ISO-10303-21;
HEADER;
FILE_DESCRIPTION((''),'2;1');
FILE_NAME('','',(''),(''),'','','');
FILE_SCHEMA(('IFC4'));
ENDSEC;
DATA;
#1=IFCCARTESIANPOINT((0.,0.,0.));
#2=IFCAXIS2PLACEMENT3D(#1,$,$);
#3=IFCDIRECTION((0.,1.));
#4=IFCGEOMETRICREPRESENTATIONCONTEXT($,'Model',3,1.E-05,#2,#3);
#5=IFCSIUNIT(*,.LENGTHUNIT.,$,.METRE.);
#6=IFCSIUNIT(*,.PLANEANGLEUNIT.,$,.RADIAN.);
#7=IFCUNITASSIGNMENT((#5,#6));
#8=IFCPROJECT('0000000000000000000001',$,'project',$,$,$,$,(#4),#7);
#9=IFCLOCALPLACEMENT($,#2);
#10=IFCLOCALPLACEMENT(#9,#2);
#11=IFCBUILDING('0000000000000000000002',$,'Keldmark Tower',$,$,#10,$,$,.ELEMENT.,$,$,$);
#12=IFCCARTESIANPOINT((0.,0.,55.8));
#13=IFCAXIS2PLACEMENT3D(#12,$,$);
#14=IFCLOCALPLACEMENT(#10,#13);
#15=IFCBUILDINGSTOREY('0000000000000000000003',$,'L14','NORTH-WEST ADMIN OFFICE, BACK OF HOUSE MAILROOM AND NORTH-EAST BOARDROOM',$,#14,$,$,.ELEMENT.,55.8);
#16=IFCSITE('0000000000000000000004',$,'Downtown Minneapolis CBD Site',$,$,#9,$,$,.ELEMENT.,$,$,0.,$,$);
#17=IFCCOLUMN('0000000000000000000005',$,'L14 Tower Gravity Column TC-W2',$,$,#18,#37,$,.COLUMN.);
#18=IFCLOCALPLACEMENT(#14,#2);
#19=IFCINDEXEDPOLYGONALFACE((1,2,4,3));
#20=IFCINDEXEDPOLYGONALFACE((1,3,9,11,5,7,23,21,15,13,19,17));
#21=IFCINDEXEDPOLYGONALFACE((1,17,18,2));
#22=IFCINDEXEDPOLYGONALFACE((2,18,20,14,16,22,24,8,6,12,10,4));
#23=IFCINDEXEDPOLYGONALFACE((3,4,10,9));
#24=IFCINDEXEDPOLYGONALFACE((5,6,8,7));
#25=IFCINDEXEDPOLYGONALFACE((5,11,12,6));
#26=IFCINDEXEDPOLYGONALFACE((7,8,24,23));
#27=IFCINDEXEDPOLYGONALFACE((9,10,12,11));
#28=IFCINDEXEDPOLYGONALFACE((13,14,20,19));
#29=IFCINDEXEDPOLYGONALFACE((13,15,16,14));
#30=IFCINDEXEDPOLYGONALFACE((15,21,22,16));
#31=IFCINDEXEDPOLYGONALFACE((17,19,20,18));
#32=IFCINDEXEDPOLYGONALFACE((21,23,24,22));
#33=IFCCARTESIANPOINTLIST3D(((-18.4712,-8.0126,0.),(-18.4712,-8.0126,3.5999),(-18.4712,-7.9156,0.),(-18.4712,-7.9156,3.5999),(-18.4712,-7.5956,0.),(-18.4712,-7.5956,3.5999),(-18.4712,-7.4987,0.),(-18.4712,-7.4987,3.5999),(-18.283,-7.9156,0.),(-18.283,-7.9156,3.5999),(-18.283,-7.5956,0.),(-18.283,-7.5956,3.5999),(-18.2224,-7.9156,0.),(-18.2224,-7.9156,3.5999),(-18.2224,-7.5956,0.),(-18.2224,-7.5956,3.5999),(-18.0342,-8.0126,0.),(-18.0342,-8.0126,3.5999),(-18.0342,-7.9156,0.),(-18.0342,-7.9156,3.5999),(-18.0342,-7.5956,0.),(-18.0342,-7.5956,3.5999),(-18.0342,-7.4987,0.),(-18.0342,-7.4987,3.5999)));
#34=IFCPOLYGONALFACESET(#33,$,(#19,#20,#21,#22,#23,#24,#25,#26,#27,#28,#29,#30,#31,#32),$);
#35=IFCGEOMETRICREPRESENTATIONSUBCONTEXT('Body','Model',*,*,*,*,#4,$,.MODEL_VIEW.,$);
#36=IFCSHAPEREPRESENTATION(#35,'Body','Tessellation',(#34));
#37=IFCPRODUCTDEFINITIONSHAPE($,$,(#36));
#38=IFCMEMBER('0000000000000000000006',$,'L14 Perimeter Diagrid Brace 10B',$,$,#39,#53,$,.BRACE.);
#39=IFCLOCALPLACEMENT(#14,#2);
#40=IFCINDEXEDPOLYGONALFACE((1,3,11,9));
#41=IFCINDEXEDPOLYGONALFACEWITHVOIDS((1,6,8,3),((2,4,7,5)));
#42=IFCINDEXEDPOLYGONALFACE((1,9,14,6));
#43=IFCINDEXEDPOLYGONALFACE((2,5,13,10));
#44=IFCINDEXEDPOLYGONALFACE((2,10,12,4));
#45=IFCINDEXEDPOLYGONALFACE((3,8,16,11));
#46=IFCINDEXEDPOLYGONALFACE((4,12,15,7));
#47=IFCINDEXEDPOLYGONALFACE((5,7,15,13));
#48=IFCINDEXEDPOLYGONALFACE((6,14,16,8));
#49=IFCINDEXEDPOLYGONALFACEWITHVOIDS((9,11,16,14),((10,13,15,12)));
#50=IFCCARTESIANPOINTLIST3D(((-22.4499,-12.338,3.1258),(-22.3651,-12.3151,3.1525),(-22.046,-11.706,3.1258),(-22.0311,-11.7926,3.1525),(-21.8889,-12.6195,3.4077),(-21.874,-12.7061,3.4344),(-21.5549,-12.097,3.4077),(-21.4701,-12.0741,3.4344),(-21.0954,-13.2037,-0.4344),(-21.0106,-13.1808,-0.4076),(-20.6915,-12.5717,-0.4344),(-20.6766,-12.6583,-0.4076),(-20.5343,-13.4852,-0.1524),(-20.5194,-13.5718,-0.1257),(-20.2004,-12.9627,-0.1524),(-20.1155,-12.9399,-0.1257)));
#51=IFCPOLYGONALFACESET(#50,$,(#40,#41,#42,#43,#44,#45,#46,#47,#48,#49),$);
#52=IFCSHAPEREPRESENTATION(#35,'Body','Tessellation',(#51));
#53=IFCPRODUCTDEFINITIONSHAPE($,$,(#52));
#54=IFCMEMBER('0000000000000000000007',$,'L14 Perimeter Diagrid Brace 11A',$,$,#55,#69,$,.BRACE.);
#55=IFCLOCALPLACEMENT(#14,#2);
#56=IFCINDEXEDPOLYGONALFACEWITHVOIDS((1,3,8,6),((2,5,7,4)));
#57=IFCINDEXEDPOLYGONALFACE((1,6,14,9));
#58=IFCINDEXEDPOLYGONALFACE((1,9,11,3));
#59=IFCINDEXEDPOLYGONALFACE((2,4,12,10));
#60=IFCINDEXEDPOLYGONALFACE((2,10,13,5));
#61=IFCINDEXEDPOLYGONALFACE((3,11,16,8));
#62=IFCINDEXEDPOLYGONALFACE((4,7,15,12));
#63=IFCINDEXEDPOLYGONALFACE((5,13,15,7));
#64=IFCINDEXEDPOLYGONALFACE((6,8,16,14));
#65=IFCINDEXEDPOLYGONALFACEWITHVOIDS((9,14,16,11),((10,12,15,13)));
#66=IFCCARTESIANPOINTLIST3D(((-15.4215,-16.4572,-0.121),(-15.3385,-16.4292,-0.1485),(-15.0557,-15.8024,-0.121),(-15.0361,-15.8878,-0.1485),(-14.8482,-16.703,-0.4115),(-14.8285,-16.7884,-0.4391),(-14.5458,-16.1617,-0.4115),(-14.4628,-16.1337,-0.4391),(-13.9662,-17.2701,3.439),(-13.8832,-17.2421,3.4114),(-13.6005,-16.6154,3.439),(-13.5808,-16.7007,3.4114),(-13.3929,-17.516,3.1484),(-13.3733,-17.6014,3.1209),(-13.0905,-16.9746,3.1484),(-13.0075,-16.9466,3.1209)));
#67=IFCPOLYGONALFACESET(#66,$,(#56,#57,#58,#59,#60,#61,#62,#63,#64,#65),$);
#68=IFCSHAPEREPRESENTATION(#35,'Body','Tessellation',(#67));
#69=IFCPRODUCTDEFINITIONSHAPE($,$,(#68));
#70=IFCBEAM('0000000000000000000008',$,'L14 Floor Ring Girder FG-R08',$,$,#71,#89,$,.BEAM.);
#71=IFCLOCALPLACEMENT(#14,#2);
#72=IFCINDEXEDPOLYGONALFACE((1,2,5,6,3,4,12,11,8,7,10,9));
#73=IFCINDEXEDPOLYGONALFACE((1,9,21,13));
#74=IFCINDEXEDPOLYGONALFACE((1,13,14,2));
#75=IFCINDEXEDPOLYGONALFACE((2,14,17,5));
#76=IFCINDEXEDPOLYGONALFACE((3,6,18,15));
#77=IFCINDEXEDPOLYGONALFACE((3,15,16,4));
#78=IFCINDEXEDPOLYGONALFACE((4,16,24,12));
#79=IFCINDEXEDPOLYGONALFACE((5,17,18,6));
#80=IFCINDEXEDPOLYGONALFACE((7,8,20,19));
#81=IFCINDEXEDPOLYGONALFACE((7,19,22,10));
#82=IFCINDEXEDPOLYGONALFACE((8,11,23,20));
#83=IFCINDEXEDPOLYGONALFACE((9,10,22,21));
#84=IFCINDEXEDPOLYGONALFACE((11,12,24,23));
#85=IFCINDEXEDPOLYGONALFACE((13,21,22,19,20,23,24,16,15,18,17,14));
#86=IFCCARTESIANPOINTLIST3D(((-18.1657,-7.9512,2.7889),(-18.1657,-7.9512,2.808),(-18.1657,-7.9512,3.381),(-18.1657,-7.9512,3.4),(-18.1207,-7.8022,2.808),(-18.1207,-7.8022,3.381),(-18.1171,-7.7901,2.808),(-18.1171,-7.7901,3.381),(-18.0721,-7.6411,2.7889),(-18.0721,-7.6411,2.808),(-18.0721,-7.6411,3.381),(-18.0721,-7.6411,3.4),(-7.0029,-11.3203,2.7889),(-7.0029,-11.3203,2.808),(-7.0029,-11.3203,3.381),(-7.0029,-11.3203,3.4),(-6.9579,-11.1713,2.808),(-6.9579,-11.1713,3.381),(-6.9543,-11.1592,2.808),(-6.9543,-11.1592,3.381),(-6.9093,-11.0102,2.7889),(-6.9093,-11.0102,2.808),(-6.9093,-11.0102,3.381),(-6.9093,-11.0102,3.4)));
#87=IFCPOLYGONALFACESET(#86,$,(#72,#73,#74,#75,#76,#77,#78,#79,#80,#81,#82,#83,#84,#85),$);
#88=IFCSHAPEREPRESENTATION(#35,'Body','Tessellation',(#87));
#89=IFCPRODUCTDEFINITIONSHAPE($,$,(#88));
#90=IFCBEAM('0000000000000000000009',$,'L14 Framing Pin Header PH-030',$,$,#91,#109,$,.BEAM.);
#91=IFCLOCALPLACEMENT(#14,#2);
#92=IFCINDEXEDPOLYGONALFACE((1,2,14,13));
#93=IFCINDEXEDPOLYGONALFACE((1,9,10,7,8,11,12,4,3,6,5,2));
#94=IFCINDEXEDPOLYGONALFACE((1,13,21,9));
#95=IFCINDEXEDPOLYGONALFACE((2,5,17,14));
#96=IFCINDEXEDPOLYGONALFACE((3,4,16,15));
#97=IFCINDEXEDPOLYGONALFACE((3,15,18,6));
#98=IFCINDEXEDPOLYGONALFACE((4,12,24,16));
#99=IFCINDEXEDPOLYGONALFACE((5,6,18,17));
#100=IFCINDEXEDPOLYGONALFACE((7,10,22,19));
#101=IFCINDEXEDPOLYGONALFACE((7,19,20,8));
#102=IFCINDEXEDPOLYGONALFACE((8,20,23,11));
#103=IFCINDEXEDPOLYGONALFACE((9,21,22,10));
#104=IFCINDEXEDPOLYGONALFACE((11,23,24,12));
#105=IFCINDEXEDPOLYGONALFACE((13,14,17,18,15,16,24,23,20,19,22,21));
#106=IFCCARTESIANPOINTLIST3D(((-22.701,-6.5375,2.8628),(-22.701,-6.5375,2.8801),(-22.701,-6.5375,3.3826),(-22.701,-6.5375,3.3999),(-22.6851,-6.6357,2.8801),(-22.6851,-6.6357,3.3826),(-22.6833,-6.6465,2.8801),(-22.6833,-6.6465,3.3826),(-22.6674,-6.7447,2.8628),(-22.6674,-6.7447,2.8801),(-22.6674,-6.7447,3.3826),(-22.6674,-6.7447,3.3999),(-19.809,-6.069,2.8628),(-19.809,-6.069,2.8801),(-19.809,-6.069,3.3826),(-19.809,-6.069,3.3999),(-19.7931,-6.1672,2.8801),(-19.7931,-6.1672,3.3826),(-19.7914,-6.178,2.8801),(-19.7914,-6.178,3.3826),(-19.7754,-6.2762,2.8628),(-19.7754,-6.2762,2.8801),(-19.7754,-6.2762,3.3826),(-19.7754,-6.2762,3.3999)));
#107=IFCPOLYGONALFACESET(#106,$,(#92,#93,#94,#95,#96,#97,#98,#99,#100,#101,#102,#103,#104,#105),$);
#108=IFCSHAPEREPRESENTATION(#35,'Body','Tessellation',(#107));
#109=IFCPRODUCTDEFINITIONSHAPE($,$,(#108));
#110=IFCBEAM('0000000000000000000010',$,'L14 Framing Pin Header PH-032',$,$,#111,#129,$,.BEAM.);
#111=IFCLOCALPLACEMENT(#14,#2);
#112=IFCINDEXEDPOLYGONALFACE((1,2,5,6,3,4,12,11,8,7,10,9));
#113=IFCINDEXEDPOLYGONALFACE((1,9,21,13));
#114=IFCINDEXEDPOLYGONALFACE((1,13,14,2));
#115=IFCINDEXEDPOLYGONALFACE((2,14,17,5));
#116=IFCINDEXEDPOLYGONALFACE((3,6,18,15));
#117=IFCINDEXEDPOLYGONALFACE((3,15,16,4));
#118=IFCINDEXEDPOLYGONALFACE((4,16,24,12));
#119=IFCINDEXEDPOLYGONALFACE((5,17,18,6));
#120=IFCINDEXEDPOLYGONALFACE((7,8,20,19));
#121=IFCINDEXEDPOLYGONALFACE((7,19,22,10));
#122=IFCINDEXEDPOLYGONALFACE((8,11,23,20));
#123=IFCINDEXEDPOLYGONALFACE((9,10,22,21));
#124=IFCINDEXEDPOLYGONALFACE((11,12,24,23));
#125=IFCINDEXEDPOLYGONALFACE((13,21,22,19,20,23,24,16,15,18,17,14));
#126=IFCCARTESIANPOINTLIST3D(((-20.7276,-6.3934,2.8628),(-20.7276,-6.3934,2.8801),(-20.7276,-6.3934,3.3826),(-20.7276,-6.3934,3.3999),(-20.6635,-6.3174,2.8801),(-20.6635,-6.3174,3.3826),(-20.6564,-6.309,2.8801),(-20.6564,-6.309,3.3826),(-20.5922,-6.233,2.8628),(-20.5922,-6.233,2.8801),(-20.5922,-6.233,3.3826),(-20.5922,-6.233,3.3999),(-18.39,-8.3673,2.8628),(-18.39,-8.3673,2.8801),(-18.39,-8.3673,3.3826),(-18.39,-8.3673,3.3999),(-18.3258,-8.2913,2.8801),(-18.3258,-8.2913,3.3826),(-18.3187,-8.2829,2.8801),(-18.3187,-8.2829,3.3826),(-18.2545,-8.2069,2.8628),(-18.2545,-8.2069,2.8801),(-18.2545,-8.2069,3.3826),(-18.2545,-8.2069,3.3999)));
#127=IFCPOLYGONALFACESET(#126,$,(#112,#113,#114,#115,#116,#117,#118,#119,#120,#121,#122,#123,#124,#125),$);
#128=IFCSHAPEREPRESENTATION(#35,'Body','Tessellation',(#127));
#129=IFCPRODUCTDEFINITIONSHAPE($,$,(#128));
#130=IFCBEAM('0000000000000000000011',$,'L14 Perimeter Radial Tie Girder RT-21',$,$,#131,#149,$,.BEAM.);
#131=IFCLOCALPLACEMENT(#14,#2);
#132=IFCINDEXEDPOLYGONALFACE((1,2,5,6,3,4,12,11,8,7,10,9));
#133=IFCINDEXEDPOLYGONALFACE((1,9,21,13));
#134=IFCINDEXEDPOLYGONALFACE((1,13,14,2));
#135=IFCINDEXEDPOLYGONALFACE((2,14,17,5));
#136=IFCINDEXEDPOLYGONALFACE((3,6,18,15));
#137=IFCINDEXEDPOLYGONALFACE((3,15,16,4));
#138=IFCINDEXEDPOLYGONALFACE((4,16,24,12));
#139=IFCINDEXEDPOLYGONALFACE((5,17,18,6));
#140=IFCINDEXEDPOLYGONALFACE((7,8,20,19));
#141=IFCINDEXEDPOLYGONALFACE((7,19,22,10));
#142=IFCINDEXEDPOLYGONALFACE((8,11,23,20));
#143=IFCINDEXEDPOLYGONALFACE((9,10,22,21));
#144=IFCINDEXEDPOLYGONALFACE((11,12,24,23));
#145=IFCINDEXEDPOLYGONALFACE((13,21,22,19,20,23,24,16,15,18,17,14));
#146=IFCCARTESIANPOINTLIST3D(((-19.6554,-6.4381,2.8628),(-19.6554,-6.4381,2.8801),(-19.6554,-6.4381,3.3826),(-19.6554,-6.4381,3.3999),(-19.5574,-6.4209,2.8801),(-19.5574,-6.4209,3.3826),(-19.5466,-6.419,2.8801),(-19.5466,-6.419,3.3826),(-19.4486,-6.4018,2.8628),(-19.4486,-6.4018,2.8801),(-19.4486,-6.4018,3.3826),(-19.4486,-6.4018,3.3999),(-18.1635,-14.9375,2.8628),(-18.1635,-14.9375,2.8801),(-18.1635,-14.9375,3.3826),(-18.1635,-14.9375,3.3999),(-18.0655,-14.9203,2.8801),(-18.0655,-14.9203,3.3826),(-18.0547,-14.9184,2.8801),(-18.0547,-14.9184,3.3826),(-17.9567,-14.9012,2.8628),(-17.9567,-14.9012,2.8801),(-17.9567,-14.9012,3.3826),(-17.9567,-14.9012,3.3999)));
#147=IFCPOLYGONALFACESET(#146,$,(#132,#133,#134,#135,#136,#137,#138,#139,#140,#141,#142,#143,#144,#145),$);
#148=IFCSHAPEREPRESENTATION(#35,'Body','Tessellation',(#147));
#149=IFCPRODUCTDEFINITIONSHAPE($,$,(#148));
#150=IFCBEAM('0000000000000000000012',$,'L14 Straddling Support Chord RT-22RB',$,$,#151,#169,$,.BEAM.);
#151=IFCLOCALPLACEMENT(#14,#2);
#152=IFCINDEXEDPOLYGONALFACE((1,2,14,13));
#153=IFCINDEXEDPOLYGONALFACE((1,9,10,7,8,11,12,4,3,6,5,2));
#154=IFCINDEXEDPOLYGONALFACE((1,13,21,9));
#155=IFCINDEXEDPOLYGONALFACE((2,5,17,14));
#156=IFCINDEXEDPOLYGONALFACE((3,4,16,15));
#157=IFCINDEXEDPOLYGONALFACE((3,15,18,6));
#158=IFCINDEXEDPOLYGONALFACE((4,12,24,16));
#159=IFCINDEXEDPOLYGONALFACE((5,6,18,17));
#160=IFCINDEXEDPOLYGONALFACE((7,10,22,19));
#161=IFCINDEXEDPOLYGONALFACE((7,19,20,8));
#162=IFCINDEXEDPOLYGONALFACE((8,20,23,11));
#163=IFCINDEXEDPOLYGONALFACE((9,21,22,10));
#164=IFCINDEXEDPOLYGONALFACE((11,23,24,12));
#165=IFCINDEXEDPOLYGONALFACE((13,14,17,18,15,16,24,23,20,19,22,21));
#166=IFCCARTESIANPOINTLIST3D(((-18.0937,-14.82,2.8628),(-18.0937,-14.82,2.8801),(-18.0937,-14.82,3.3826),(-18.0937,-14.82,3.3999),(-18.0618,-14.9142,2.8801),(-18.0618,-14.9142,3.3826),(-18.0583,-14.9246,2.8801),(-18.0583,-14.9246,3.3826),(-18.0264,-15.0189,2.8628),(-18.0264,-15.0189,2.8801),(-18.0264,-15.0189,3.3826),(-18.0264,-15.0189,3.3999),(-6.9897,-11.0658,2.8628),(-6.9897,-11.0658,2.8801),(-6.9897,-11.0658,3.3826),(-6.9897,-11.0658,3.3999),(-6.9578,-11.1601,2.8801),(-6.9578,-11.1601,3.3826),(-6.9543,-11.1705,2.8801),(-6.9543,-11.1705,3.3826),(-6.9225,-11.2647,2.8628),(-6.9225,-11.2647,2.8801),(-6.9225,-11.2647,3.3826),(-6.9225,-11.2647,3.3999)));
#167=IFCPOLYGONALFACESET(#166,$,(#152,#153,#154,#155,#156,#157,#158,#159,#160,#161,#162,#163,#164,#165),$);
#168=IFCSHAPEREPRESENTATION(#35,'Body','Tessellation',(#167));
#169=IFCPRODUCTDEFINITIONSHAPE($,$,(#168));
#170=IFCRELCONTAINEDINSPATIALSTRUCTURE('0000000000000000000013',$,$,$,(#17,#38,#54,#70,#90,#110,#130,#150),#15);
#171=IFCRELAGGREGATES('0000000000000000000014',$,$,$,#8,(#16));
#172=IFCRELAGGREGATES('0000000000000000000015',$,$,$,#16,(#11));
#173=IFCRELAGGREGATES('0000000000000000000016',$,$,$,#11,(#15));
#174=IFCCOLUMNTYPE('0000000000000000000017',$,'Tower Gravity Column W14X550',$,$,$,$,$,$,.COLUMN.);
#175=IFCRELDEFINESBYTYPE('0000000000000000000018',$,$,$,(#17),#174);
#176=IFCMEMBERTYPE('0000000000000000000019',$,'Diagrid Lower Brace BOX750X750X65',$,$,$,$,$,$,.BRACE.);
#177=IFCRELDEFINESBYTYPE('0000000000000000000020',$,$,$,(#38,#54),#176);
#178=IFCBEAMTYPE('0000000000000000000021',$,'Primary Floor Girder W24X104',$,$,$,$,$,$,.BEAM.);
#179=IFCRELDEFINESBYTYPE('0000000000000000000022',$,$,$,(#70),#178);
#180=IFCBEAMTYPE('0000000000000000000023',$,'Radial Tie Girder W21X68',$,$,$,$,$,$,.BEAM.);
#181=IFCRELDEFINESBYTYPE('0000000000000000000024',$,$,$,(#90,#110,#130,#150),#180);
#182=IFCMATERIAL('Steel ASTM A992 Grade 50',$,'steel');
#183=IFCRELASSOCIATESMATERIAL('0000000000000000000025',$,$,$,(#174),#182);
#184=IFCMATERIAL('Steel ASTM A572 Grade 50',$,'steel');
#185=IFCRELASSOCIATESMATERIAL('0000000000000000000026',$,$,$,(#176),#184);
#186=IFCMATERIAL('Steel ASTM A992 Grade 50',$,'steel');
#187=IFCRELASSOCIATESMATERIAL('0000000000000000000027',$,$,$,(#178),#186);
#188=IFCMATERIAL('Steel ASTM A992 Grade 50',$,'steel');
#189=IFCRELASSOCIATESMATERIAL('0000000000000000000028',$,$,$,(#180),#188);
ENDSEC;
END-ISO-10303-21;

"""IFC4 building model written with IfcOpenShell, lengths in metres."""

from ifc_helpers import new_model, si_unit, direction, frame, origin, origin_2d, place, context, subcontext, project, spatial, hollow_rectangle, i_section, extrude, material, material_profile, profile_set, type_object, element, save


model = new_model("IFC4")

# Units and contexts
model_context = context("Model", 3, precision=1e-05, world=origin(), true_north=direction((0.0, 1.0)))
body_context = subcontext(model_context, "Body", "Model", "MODEL_VIEW")
ifc_project = project(units=[si_unit("LENGTHUNIT", "METRE"), si_unit("PLANEANGLEUNIT", "RADIAN")], contexts=[model_context])

# Site, building, storey
site_placement = place(None, origin())
site = spatial("IfcSite", under=ifc_project, at=site_placement, Name="Downtown Minneapolis CBD Site", CompositionType="ELEMENT", RefElevation=0.0)
building_placement = place(site_placement, origin())
building = spatial("IfcBuilding", under=site, at=building_placement, Name="Keldmark Tower", CompositionType="ELEMENT")
storey_placement = place(building_placement, frame((0.0, 0.0, 55.8)))
storey = spatial("IfcBuildingStorey", under=building, at=storey_placement, Name="L14", Description="NORTH-WEST ADMIN OFFICE, BACK OF HOUSE MAILROOM AND NORTH-EAST BOARDROOM", CompositionType="ELEMENT", Elevation=55.8)

# Column
ifc_material_1 = material(Name="Steel ASTM A992 Grade 50", Category="steel")
ifc_material_profile_1 = material_profile(ifc_material_1, i_section(OverallWidth=0.437, OverallDepth=0.5139, WebThickness=0.0605, FlangeThickness=0.0969, at=origin_2d()), Name="W14X550")
ifc_profile_set_1 = profile_set([ifc_material_profile_1], Name="Steel ASTM A992 Grade 50")
column_type = type_object("IfcColumnType", Name="Tower Gravity Column W14X550", PredefinedType="COLUMN", material=ifc_profile_set_1)
column_placement = place(storey_placement, frame((-18.2527, -7.7556, 0.0), z_axis=(0.0, 0.0, 1.0), x_axis=(1.0, 0.0, 0.0)))
element("IfcColumn", 1, at=column_placement, inside=storey, type_object=column_type, Name="L14 Tower Gravity Column TC-W2", PredefinedType="COLUMN", context=body_context, shape_type="SweptSolid", body=[
    extrude(i_section(OverallWidth=0.437, OverallDepth=0.5139, WebThickness=0.0605, FlangeThickness=0.0969, at=origin_2d()), origin(), (0.0, 0.0, 1.0), 3.5999),
])

# Members
ifc_material_2 = material(Name="Steel ASTM A572 Grade 50", Category="steel")
ifc_material_profile_2 = material_profile(ifc_material_2, hollow_rectangle(XDim=0.75, YDim=0.75, WallThickness=0.0649, at=origin_2d()), Name="BOX750X750X65")
ifc_profile_set_2 = profile_set([ifc_material_profile_2], Name="Steel ASTM A572 Grade 50")
member_type = type_object("IfcMemberType", Name="Diagrid Lower Brace BOX750X750X65", PredefinedType="BRACE", material=ifc_profile_set_2)
member_1_placement = place(storey_placement, frame((-20.6055, -13.0718, -0.28), z_axis=(-0.346757, 0.22163, 0.911394), x_axis=(-0.538545, -0.842597, 0.0)))
element("IfcMember", 2, at=member_1_placement, inside=storey, type_object=member_type, Name="L14 Perimeter Diagrid Brace 10B", PredefinedType="BRACE", context=body_context, shape_type="SweptSolid", body=[
    extrude(hollow_rectangle(XDim=0.75, YDim=0.75, WallThickness=0.0649, at=origin_2d()), origin(), (0.0, 0.0, 1.0), 3.9062),
])
member_2_placement = place(storey_placement, frame((-14.9421, -16.2954, -0.28), z_axis=(0.370215, -0.206813, 0.905632), x_axis=(0.487693, 0.873015, 0.0)))
element("IfcMember", 3, at=member_2_placement, inside=storey, type_object=member_type, Name="L14 Perimeter Diagrid Brace 11A", PredefinedType="BRACE", context=body_context, shape_type="SweptSolid", body=[
    extrude(hollow_rectangle(XDim=0.75, YDim=0.75, WallThickness=0.0649, at=origin_2d()), origin(), (0.0, 0.0, 1.0), 3.9309),
])

# Beams
ifc_material_3 = material(Name="Steel ASTM A992 Grade 50", Category="steel")
ifc_material_profile_3 = material_profile(ifc_material_3, i_section(OverallWidth=0.324, OverallDepth=0.6111, WebThickness=0.0127, FlangeThickness=0.019, at=origin_2d()), Name="W24X104")
ifc_profile_set_3 = profile_set([ifc_material_profile_3], Name="Steel ASTM A992 Grade 50")
beam_type_1 = type_object("IfcBeamType", Name="Primary Floor Girder W24X104", PredefinedType="BEAM", material=ifc_profile_set_3)
beam_1_placement = place(storey_placement, frame((-18.1189, -7.7961, 3.0945), z_axis=(0.957346, -0.288944, 0.0), x_axis=(0.288944, 0.957346, 0.0)))
element("IfcBeam", 4, at=beam_1_placement, inside=storey, type_object=beam_type_1, Name="L14 Floor Ring Girder FG-R08", PredefinedType="BEAM", context=body_context, shape_type="SweptSolid", body=[
    extrude(i_section(OverallWidth=0.324, OverallDepth=0.6111, WebThickness=0.0127, FlangeThickness=0.019, at=origin_2d()), origin(), (0.0, 0.0, 1.0), 11.6602),
])
ifc_material_4 = material(Name="Steel ASTM A992 Grade 50", Category="steel")
ifc_material_profile_4 = material_profile(ifc_material_4, i_section(OverallWidth=0.21, OverallDepth=0.5371, WebThickness=0.011, FlangeThickness=0.0173, at=origin_2d()), Name="W21X68")
ifc_profile_set_4 = profile_set([ifc_material_profile_4], Name="Steel ASTM A992 Grade 50")
beam_type_2 = type_object("IfcBeamType", Name="Radial Tie Girder W21X68", PredefinedType="BEAM", material=ifc_profile_set_4)
beam_2_placement = place(storey_placement, frame((-19.7922, -6.1726, 3.1313), z_axis=(-0.987131, -0.159911, 0.0), x_axis=(0.159911, -0.987131, 0.0)))
element("IfcBeam", 5, at=beam_2_placement, inside=storey, type_object=beam_type_2, Name="L14 Framing Pin Header PH-030", PredefinedType="BEAM", context=body_context, shape_type="SweptSolid", body=[
    extrude(i_section(OverallWidth=0.21, OverallDepth=0.5371, WebThickness=0.011, FlangeThickness=0.0173, at=origin_2d()), origin(), (0.0, 0.0, 1.0), 2.9297),
])
beam_3_placement = place(storey_placement, frame((-20.6599, -6.3132, 3.1313), z_axis=(0.764052, -0.645155, 0.0), x_axis=(0.645155, 0.764052, 0.0)))
element("IfcBeam", 6, at=beam_3_placement, inside=storey, type_object=beam_type_2, Name="L14 Framing Pin Header PH-032", PredefinedType="BEAM", context=body_context, shape_type="SweptSolid", body=[
    extrude(i_section(OverallWidth=0.21, OverallDepth=0.5371, WebThickness=0.011, FlangeThickness=0.0173, at=origin_2d()), origin(), (0.0, 0.0, 1.0), 3.0596),
])
beam_4_placement = place(storey_placement, frame((-19.552, -6.4199, 3.1313), z_axis=(0.17289, -0.984941, 0.0), x_axis=(0.984941, 0.17289, 0.0)))
element("IfcBeam", 7, at=beam_4_placement, inside=storey, type_object=beam_type_2, Name="L14 Perimeter Radial Tie Girder RT-21", PredefinedType="BEAM", context=body_context, shape_type="SweptSolid", body=[
    extrude(i_section(OverallWidth=0.21, OverallDepth=0.5371, WebThickness=0.011, FlangeThickness=0.0173, at=origin_2d()), origin(), (0.0, 0.0, 1.0), 8.6294),
])
beam_5_placement = place(storey_placement, frame((-18.0601, -14.9194, 3.1313), z_axis=(0.947323, 0.32028, 0.0), x_axis=(-0.32028, 0.947323, 0.0)))
element("IfcBeam", 8, at=beam_5_placement, inside=storey, type_object=beam_type_2, Name="L14 Straddling Support Chord RT-22RB", PredefinedType="BEAM", context=body_context, shape_type="SweptSolid", body=[
    extrude(i_section(OverallWidth=0.21, OverallDepth=0.5371, WebThickness=0.011, FlangeThickness=0.0173, at=origin_2d()), origin(), (0.0, 0.0, 1.0), 11.7214),
])

save(model, "model.ifc")
